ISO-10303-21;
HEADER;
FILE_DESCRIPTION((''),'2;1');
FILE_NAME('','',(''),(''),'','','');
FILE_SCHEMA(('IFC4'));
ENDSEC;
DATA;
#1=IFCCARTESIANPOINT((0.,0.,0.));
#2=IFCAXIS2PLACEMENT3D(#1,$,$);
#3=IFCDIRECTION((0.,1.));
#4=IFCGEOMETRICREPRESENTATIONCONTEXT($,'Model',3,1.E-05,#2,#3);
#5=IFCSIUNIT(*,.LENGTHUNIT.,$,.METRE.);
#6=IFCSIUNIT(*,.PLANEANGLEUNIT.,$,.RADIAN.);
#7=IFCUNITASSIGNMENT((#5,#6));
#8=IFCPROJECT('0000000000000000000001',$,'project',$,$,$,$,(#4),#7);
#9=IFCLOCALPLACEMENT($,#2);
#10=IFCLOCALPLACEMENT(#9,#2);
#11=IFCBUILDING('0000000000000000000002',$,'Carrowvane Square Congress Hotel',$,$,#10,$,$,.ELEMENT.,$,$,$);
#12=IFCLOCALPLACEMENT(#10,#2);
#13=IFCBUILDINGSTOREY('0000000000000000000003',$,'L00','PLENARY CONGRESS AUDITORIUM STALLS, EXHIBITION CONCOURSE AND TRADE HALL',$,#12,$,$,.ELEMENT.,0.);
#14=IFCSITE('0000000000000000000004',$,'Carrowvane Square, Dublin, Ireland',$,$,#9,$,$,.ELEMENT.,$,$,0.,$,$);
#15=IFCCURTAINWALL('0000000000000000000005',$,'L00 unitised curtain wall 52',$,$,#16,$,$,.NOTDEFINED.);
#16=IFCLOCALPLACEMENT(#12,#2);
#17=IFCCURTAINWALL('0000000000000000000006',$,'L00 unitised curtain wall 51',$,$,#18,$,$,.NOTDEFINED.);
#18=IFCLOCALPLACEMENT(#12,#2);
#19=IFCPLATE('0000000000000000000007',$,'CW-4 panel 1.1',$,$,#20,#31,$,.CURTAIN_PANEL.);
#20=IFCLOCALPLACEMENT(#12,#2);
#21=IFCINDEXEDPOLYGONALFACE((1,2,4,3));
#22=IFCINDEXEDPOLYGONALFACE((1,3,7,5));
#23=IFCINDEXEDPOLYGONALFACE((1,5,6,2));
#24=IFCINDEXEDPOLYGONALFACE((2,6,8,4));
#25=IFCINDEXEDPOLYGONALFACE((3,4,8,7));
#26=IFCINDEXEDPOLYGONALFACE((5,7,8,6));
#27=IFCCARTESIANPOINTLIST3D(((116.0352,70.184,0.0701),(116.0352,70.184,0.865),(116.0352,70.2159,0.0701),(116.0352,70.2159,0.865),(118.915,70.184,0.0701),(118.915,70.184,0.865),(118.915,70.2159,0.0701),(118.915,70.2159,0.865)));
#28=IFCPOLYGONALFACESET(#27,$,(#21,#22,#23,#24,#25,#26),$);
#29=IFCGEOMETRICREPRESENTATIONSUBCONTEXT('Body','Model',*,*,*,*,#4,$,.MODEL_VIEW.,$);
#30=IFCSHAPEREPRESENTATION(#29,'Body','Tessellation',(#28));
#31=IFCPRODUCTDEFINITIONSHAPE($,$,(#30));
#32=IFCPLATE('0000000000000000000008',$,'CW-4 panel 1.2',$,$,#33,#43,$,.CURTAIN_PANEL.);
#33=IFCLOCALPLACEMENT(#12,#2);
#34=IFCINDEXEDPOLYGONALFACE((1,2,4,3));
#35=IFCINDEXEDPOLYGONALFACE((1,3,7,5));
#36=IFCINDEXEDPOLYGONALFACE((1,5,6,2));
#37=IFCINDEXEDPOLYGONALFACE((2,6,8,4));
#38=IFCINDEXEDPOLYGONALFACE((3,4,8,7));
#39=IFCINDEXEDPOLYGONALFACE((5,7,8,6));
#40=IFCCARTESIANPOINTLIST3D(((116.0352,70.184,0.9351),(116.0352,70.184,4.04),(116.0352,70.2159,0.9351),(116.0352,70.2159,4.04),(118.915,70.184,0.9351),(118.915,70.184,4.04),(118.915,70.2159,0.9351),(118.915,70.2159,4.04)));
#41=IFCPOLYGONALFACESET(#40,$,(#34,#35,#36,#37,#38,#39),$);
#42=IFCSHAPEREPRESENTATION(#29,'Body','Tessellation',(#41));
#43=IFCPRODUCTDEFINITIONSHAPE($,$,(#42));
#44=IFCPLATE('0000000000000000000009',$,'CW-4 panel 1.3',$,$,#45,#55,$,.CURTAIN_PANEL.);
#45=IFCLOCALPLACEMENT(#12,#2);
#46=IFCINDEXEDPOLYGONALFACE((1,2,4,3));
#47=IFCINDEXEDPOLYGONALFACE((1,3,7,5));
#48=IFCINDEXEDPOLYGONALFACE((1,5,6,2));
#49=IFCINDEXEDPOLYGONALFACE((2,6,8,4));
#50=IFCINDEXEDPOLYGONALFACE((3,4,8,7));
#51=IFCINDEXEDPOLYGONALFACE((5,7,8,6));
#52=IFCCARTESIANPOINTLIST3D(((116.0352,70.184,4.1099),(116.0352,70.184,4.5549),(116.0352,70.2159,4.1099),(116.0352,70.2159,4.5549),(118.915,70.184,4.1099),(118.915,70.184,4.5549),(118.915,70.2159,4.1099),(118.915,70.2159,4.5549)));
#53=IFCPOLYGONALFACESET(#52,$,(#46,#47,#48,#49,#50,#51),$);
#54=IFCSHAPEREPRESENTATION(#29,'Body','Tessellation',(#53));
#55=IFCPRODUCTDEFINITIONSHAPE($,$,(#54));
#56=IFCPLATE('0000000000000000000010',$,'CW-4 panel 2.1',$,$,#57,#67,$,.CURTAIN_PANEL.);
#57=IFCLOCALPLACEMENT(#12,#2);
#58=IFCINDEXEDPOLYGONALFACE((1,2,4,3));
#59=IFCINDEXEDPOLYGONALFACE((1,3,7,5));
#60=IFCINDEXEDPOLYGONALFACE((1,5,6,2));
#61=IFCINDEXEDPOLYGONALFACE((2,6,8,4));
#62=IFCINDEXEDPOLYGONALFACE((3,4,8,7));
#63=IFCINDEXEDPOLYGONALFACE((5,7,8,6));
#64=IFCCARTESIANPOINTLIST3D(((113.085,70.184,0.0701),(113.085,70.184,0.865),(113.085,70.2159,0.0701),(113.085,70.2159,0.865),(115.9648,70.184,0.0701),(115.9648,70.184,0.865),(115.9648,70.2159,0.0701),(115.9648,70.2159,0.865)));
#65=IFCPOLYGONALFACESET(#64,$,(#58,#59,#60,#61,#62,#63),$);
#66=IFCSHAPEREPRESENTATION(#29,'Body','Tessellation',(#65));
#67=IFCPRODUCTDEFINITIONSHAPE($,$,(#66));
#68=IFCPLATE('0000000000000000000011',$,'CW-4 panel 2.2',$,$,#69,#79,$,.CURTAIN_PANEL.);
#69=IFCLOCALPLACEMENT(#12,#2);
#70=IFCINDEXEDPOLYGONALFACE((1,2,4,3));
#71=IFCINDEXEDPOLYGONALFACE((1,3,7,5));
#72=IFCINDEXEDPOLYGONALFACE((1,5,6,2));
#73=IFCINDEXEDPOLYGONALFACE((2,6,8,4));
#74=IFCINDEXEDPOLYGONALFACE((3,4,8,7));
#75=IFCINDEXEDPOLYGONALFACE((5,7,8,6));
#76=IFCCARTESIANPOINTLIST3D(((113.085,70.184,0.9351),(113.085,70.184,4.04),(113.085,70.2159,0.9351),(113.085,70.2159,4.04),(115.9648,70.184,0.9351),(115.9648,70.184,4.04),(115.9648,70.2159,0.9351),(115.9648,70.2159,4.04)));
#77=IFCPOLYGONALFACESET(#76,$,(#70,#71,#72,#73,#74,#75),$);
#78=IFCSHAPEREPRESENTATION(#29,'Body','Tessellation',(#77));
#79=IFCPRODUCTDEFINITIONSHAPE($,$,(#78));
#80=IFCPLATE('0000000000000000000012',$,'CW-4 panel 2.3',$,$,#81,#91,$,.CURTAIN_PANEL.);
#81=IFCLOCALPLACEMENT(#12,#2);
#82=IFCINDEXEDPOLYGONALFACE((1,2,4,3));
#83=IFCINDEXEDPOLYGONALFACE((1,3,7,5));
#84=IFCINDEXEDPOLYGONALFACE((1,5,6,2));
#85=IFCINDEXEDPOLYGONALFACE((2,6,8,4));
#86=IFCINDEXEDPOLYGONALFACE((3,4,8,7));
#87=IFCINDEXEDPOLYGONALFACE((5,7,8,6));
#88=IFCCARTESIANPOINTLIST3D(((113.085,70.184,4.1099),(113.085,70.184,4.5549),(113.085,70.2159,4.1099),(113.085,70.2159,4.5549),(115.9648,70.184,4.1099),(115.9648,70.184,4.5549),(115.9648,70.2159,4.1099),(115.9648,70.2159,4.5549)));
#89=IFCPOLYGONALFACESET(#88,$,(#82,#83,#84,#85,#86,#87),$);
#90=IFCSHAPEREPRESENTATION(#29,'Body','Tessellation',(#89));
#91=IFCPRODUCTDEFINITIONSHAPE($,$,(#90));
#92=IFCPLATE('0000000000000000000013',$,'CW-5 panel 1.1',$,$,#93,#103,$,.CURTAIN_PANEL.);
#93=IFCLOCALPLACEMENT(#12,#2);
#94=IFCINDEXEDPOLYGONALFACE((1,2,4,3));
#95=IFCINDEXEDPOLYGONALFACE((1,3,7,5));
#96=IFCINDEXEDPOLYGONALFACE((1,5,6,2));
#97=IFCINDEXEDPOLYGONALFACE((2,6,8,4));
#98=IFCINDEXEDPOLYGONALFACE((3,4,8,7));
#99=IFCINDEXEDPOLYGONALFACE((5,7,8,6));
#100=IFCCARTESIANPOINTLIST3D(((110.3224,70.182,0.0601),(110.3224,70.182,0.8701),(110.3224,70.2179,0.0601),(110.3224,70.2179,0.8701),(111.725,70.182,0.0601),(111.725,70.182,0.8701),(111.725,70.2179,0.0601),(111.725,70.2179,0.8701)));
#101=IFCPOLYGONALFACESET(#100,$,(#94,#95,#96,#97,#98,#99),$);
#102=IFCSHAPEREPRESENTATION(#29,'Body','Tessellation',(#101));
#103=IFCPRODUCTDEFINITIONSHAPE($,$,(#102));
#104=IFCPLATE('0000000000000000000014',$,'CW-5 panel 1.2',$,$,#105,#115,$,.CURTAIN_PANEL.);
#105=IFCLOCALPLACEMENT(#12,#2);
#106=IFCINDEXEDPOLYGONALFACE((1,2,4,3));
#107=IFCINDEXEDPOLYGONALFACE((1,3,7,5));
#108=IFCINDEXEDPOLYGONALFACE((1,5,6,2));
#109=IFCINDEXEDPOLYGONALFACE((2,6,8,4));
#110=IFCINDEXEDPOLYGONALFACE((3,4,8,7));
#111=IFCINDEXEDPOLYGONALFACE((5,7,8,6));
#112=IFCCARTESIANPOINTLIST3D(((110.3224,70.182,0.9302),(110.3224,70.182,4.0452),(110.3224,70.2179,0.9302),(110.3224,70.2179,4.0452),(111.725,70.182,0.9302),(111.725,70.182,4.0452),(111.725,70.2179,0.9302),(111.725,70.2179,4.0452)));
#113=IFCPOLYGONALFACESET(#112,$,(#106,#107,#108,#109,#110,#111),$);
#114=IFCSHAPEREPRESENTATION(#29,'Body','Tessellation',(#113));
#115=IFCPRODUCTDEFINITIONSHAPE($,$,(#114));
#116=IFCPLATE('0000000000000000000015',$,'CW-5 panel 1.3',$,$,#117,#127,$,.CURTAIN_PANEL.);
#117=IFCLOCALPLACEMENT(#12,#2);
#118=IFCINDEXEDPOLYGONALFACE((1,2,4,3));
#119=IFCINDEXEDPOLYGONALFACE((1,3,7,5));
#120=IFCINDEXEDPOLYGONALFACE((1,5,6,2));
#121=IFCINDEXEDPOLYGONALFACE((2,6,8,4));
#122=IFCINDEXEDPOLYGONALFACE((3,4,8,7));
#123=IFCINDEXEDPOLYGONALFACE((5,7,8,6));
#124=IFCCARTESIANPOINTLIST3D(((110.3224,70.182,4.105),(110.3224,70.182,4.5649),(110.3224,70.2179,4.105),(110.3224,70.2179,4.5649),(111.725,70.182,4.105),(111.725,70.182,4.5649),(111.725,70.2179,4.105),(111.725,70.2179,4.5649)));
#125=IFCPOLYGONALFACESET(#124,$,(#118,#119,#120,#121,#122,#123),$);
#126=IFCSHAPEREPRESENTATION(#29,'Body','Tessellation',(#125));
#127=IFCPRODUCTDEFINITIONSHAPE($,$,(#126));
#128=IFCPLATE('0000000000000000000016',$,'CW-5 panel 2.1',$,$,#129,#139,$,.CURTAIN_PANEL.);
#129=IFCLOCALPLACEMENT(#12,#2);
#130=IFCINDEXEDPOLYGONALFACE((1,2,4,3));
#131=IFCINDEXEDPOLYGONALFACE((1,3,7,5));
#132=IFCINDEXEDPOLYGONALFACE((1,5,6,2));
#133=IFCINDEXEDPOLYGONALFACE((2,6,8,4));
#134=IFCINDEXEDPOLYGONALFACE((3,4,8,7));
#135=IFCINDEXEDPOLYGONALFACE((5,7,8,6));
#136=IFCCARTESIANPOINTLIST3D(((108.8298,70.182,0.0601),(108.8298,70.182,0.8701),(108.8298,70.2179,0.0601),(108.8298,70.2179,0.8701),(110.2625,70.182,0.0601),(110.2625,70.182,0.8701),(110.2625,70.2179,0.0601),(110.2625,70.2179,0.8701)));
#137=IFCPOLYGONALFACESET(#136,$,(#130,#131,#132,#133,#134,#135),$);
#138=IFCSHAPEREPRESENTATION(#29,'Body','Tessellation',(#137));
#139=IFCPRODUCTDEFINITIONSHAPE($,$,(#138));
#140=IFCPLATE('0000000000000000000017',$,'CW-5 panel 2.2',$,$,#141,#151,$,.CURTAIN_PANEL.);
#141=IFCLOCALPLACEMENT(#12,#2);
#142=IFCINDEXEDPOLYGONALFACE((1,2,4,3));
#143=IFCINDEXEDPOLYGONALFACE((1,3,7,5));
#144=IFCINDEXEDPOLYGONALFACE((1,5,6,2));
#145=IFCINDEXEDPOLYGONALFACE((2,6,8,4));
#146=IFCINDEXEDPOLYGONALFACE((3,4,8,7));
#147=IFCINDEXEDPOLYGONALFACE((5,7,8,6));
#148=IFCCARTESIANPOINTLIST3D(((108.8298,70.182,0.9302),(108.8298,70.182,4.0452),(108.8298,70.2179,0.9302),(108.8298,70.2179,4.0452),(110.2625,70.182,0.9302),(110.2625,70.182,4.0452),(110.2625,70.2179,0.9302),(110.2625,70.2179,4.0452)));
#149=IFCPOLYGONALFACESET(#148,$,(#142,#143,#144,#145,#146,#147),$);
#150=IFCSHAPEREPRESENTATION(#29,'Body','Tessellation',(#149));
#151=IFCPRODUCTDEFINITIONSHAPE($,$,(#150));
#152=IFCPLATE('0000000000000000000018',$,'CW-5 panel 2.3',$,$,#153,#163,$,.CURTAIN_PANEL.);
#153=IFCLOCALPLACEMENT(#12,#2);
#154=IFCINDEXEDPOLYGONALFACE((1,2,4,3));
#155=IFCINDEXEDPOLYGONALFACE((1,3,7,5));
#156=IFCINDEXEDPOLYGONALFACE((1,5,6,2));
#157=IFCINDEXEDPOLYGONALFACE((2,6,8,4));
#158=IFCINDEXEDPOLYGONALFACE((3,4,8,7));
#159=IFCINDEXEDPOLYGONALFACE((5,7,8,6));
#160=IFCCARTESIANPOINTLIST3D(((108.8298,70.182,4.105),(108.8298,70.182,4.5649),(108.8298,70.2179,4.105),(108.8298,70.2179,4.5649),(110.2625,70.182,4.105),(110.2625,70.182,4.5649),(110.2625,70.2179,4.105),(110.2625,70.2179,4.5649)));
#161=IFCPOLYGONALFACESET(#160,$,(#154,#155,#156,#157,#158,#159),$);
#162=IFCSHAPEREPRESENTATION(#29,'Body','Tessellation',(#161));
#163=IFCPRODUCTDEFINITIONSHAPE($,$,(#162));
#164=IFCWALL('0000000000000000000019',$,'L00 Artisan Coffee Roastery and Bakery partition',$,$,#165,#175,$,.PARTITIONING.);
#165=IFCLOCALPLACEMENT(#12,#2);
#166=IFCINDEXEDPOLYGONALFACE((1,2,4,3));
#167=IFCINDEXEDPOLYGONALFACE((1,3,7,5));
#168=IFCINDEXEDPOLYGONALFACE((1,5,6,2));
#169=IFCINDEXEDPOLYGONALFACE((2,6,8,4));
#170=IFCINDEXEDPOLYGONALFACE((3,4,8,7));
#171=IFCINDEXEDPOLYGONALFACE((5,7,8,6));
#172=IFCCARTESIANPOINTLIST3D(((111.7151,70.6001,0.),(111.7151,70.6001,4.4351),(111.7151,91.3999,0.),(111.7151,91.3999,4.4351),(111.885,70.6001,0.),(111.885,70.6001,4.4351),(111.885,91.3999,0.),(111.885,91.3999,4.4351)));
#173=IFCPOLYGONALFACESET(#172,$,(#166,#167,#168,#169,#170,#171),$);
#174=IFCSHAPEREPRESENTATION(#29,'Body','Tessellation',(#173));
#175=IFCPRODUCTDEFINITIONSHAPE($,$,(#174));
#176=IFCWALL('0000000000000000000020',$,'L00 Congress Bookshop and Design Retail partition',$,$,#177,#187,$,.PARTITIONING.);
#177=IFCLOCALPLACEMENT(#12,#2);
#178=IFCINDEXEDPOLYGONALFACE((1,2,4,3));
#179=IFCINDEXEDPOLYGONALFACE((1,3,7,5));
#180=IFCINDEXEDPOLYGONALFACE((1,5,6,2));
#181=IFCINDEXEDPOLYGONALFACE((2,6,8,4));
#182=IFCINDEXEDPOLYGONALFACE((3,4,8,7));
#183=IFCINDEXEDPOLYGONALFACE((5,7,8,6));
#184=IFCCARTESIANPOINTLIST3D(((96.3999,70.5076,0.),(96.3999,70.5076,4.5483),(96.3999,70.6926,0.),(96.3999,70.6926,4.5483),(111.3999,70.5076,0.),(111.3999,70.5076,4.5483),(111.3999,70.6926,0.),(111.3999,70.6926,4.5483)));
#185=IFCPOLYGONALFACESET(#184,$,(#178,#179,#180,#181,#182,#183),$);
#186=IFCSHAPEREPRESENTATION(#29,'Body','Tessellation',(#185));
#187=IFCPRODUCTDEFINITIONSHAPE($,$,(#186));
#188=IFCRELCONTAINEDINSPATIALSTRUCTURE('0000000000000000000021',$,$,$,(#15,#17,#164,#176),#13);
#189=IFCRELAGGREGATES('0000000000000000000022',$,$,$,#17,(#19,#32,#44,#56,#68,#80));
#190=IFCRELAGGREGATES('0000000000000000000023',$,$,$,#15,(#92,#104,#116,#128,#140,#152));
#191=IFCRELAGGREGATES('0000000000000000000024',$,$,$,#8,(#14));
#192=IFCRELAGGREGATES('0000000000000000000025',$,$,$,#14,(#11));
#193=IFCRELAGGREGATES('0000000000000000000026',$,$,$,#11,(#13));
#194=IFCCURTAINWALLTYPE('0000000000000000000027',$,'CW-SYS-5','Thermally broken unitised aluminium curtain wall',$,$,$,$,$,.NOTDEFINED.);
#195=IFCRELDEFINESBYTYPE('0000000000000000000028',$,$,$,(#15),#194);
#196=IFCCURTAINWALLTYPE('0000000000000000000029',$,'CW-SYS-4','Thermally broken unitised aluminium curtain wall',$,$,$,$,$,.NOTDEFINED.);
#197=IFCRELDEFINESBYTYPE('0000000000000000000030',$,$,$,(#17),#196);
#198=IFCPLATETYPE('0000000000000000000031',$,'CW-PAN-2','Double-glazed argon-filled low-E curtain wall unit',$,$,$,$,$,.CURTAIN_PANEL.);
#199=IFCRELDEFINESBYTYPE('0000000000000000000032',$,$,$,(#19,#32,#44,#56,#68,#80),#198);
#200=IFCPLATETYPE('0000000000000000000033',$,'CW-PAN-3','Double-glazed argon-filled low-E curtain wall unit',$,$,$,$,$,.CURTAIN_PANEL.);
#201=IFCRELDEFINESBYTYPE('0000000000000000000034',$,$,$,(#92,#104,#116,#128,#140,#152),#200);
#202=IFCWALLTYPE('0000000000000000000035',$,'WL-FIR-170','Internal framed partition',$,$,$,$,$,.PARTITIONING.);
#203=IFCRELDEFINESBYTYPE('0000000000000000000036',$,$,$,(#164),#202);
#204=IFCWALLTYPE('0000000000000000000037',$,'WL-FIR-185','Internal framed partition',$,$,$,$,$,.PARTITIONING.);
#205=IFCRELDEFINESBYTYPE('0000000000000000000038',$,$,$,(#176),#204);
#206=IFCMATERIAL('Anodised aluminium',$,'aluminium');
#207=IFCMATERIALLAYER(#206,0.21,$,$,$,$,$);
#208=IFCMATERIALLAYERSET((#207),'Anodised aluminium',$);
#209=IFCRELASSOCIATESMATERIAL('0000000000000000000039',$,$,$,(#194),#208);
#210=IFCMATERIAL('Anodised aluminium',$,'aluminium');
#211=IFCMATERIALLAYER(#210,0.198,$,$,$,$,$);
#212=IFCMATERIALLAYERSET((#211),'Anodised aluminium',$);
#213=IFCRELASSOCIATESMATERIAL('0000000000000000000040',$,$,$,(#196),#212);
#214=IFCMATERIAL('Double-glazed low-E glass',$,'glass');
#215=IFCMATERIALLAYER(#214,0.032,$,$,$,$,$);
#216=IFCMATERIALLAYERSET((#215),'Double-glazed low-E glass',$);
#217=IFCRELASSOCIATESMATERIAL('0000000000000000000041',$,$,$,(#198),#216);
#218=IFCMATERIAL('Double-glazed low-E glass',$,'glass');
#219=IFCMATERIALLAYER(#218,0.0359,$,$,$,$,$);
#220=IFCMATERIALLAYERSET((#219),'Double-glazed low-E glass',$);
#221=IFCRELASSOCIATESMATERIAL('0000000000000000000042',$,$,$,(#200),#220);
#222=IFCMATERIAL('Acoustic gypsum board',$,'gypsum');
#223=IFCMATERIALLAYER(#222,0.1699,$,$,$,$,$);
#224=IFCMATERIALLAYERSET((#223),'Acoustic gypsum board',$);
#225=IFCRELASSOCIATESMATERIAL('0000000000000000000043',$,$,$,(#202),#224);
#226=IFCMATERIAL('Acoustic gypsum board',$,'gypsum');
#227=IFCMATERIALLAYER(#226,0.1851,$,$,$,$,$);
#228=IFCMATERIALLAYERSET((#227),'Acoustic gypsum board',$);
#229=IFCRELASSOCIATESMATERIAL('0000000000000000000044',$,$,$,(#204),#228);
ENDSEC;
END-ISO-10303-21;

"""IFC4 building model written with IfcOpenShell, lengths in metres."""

from ifc_helpers import new_model, si_unit, direction, frame, frame_2d, origin, origin_2d, place, context, subcontext, project, spatial, rectangle, extrude, material, layer, layer_set, type_object, element, aggregate, save


model = new_model("IFC4")

# Units and contexts
model_context = context("Model", 3, precision=1e-05, world=origin(), true_north=direction((0.0, 1.0)))
body_context = subcontext(model_context, "Body", "Model", "MODEL_VIEW")
ifc_project = project(units=[si_unit("LENGTHUNIT", "METRE"), si_unit("PLANEANGLEUNIT", "RADIAN")], contexts=[model_context])

# Site, building, storey
site_placement = place(None, origin())
site = spatial("IfcSite", under=ifc_project, at=site_placement, Name="Carrowvane Square, Dublin, Ireland", CompositionType="ELEMENT", RefElevation=0.0)
building_placement = place(site_placement, origin())
building = spatial("IfcBuilding", under=site, at=building_placement, Name="Carrowvane Square Congress Hotel", CompositionType="ELEMENT")
storey_placement = place(building_placement, origin())
storey = spatial("IfcBuildingStorey", under=building, at=storey_placement, Name="L00", Description="PLENARY CONGRESS AUDITORIUM STALLS, EXHIBITION CONCOURSE AND TRADE HALL", CompositionType="ELEMENT", Elevation=0.0)

# Curtain walls
ifc_material_1 = material(Name="Anodised aluminium", Category="aluminium")
ifc_layer_1 = layer(ifc_material_1, 0.21)
ifc_layer_set_1 = layer_set([ifc_layer_1], Name="Anodised aluminium")
curtain_wall_type_1 = type_object("IfcCurtainWallType", Name="CW-SYS-5", Description="Thermally broken unitised aluminium curtain wall", PredefinedType="NOTDEFINED", material=ifc_layer_set_1)
curtain_wall_1_placement = place(storey_placement, origin())
curtain_wall_1 = element("IfcCurtainWall", 1, at=curtain_wall_1_placement, inside=storey, type_object=curtain_wall_type_1, Name="L00 unitised curtain wall 52", PredefinedType="NOTDEFINED")
ifc_material_2 = material(Name="Anodised aluminium", Category="aluminium")
ifc_layer_2 = layer(ifc_material_2, 0.198)
ifc_layer_set_2 = layer_set([ifc_layer_2], Name="Anodised aluminium")
curtain_wall_type_2 = type_object("IfcCurtainWallType", Name="CW-SYS-4", Description="Thermally broken unitised aluminium curtain wall", PredefinedType="NOTDEFINED", material=ifc_layer_set_2)
curtain_wall_2_placement = place(storey_placement, origin())
curtain_wall_2 = element("IfcCurtainWall", 2, at=curtain_wall_2_placement, inside=storey, type_object=curtain_wall_type_2, Name="L00 unitised curtain wall 51", PredefinedType="NOTDEFINED")

# Plates
ifc_material_3 = material(Name="Double-glazed low-E glass", Category="glass")
ifc_layer_3 = layer(ifc_material_3, 0.032)
ifc_layer_set_3 = layer_set([ifc_layer_3], Name="Double-glazed low-E glass")
plate_type_1 = type_object("IfcPlateType", Name="CW-PAN-2", Description="Double-glazed argon-filled low-E curtain wall unit", PredefinedType="CURTAIN_PANEL", material=ifc_layer_set_3)
plate_1_placement = place(storey_placement, frame((117.4751, 70.2, 0.0701), z_axis=(0.0, 0.0, 1.0), x_axis=(-1.0, 0.0, 0.0)))
plate_1 = element("IfcPlate", 3, at=plate_1_placement, type_object=plate_type_1, Name="CW-4 panel 1.1", PredefinedType="CURTAIN_PANEL", context=body_context, shape_type="SweptSolid", body=[
    extrude(rectangle(XDim=2.8799, YDim=0.032, at=origin_2d()), origin(), (0.0, 0.0, 1.0), 0.7949),
])
plate_2_placement = place(storey_placement, frame((117.4751, 70.2, 0.9351), z_axis=(0.0, 0.0, 1.0), x_axis=(-1.0, 0.0, 0.0)))
plate_2 = element("IfcPlate", 4, at=plate_2_placement, type_object=plate_type_1, Name="CW-4 panel 1.2", PredefinedType="CURTAIN_PANEL", context=body_context, shape_type="SweptSolid", body=[
    extrude(rectangle(XDim=2.8799, YDim=0.032, at=origin_2d()), origin(), (0.0, 0.0, 1.0), 3.105),
])
plate_3_placement = place(storey_placement, frame((117.4751, 70.2, 4.1099), z_axis=(0.0, 0.0, 1.0), x_axis=(-1.0, 0.0, 0.0)))
plate_3 = element("IfcPlate", 5, at=plate_3_placement, type_object=plate_type_1, Name="CW-4 panel 1.3", PredefinedType="CURTAIN_PANEL", context=body_context, shape_type="SweptSolid", body=[
    extrude(rectangle(XDim=2.8799, YDim=0.032, at=origin_2d()), origin(), (0.0, 0.0, 1.0), 0.4451),
])
plate_4_placement = place(storey_placement, frame((114.5249, 70.2, 0.0701), z_axis=(0.0, 0.0, 1.0), x_axis=(-1.0, 0.0, 0.0)))
plate_4 = element("IfcPlate", 6, at=plate_4_placement, type_object=plate_type_1, Name="CW-4 panel 2.1", PredefinedType="CURTAIN_PANEL", context=body_context, shape_type="SweptSolid", body=[
    extrude(rectangle(XDim=2.8799, YDim=0.032, at=origin_2d()), origin(), (0.0, 0.0, 1.0), 0.7949),
])
plate_5_placement = place(storey_placement, frame((114.5249, 70.2, 0.9351), z_axis=(0.0, 0.0, 1.0), x_axis=(-1.0, 0.0, 0.0)))
plate_5 = element("IfcPlate", 7, at=plate_5_placement, type_object=plate_type_1, Name="CW-4 panel 2.2", PredefinedType="CURTAIN_PANEL", context=body_context, shape_type="SweptSolid", body=[
    extrude(rectangle(XDim=2.8799, YDim=0.032, at=origin_2d()), origin(), (0.0, 0.0, 1.0), 3.105),
])
plate_6_placement = place(storey_placement, frame((114.5249, 70.2, 4.1099), z_axis=(0.0, 0.0, 1.0), x_axis=(-1.0, 0.0, 0.0)))
plate_6 = element("IfcPlate", 8, at=plate_6_placement, type_object=plate_type_1, Name="CW-4 panel 2.3", PredefinedType="CURTAIN_PANEL", context=body_context, shape_type="SweptSolid", body=[
    extrude(rectangle(XDim=2.8799, YDim=0.032, at=origin_2d()), origin(), (0.0, 0.0, 1.0), 0.4451),
])
aggregate(curtain_wall_2, [plate_1, plate_2, plate_3, plate_4, plate_5, plate_6])
ifc_material_4 = material(Name="Double-glazed low-E glass", Category="glass")
ifc_layer_4 = layer(ifc_material_4, 0.0359)
ifc_layer_set_4 = layer_set([ifc_layer_4], Name="Double-glazed low-E glass")
plate_type_2 = type_object("IfcPlateType", Name="CW-PAN-3", Description="Double-glazed argon-filled low-E curtain wall unit", PredefinedType="CURTAIN_PANEL", material=ifc_layer_set_4)
plate_7_placement = place(storey_placement, frame((111.0237, 70.2, 0.0601), z_axis=(0.0, 0.0, 1.0), x_axis=(-1.0, 0.0, 0.0)))
plate_7 = element("IfcPlate", 9, at=plate_7_placement, type_object=plate_type_2, Name="CW-5 panel 1.1", PredefinedType="CURTAIN_PANEL", context=body_context, shape_type="SweptSolid", body=[
    extrude(rectangle(XDim=1.4026, YDim=0.0359, at=origin_2d()), origin(), (0.0, 0.0, 1.0), 0.8101),
])
plate_8_placement = place(storey_placement, frame((111.0237, 70.2, 0.9302), z_axis=(0.0, 0.0, 1.0), x_axis=(-1.0, 0.0, 0.0)))
plate_8 = element("IfcPlate", 10, at=plate_8_placement, type_object=plate_type_2, Name="CW-5 panel 1.2", PredefinedType="CURTAIN_PANEL", context=body_context, shape_type="SweptSolid", body=[
    extrude(rectangle(XDim=1.4026, YDim=0.0359, at=origin_2d()), origin(), (0.0, 0.0, 1.0), 3.115),
])
plate_9_placement = place(storey_placement, frame((111.0237, 70.2, 4.105), z_axis=(0.0, 0.0, 1.0), x_axis=(-1.0, 0.0, 0.0)))
plate_9 = element("IfcPlate", 11, at=plate_9_placement, type_object=plate_type_2, Name="CW-5 panel 1.3", PredefinedType="CURTAIN_PANEL", context=body_context, shape_type="SweptSolid", body=[
    extrude(rectangle(XDim=1.4026, YDim=0.0359, at=origin_2d()), origin(), (0.0, 0.0, 1.0), 0.46),
])
plate_10_placement = place(storey_placement, frame((109.5461, 70.2, 0.0601), z_axis=(0.0, 0.0, 1.0), x_axis=(-1.0, 0.0, 0.0)))
plate_10 = element("IfcPlate", 12, at=plate_10_placement, type_object=plate_type_2, Name="CW-5 panel 2.1", PredefinedType="CURTAIN_PANEL", context=body_context, shape_type="SweptSolid", body=[
    extrude(rectangle(XDim=1.4326, YDim=0.0359, at=origin_2d()), origin(), (0.0, 0.0, 1.0), 0.8101),
])
plate_11_placement = place(storey_placement, frame((109.5461, 70.2, 0.9302), z_axis=(0.0, 0.0, 1.0), x_axis=(-1.0, 0.0, 0.0)))
plate_11 = element("IfcPlate", 13, at=plate_11_placement, type_object=plate_type_2, Name="CW-5 panel 2.2", PredefinedType="CURTAIN_PANEL", context=body_context, shape_type="SweptSolid", body=[
    extrude(rectangle(XDim=1.4326, YDim=0.0359, at=origin_2d()), origin(), (0.0, 0.0, 1.0), 3.115),
])
plate_12_placement = place(storey_placement, frame((109.5461, 70.2, 4.105), z_axis=(0.0, 0.0, 1.0), x_axis=(-1.0, 0.0, 0.0)))
plate_12 = element("IfcPlate", 14, at=plate_12_placement, type_object=plate_type_2, Name="CW-5 panel 2.3", PredefinedType="CURTAIN_PANEL", context=body_context, shape_type="SweptSolid", body=[
    extrude(rectangle(XDim=1.4326, YDim=0.0359, at=origin_2d()), origin(), (0.0, 0.0, 1.0), 0.46),
])
aggregate(curtain_wall_1, [plate_7, plate_8, plate_9, plate_10, plate_11, plate_12])

# Walls
ifc_material_5 = material(Name="Acoustic gypsum board", Category="gypsum")
ifc_layer_5 = layer(ifc_material_5, 0.1699)
ifc_layer_set_5 = layer_set([ifc_layer_5], Name="Acoustic gypsum board")
wall_type_1 = type_object("IfcWallType", Name="WL-FIR-170", Description="Internal framed partition", PredefinedType="PARTITIONING", material=ifc_layer_set_5)
wall_1_placement = place(storey_placement, frame((111.8, 70.6001, 0.0), z_axis=(0.0, 0.0, 1.0), x_axis=(0.0, 1.0, 0.0)))
element("IfcWall", 15, at=wall_1_placement, inside=storey, type_object=wall_type_1, Name="L00 Artisan Coffee Roastery and Bakery partition", PredefinedType="PARTITIONING", context=body_context, shape_type="SweptSolid", body=[
    extrude(rectangle(XDim=20.7998, YDim=0.1699, at=frame_2d((10.3999, 0.0))), origin(), (0.0, 0.0, 1.0), 4.4351),
])
ifc_material_6 = material(Name="Acoustic gypsum board", Category="gypsum")
ifc_layer_6 = layer(ifc_material_6, 0.1851)
ifc_layer_set_6 = layer_set([ifc_layer_6], Name="Acoustic gypsum board")
wall_type_2 = type_object("IfcWallType", Name="WL-FIR-185", Description="Internal framed partition", PredefinedType="PARTITIONING", material=ifc_layer_set_6)
wall_2_placement = place(storey_placement, frame((111.3999, 70.6001, 0.0), z_axis=(0.0, 0.0, 1.0), x_axis=(-1.0, 0.0, 0.0)))
element("IfcWall", 16, at=wall_2_placement, inside=storey, type_object=wall_type_2, Name="L00 Congress Bookshop and Design Retail partition", PredefinedType="PARTITIONING", context=body_context, shape_type="SweptSolid", body=[
    extrude(rectangle(XDim=15.0, YDim=0.1851, at=frame_2d((7.5, 0.0))), origin(), (0.0, 0.0, 1.0), 4.5483),
])

save(model, "model.ifc")
